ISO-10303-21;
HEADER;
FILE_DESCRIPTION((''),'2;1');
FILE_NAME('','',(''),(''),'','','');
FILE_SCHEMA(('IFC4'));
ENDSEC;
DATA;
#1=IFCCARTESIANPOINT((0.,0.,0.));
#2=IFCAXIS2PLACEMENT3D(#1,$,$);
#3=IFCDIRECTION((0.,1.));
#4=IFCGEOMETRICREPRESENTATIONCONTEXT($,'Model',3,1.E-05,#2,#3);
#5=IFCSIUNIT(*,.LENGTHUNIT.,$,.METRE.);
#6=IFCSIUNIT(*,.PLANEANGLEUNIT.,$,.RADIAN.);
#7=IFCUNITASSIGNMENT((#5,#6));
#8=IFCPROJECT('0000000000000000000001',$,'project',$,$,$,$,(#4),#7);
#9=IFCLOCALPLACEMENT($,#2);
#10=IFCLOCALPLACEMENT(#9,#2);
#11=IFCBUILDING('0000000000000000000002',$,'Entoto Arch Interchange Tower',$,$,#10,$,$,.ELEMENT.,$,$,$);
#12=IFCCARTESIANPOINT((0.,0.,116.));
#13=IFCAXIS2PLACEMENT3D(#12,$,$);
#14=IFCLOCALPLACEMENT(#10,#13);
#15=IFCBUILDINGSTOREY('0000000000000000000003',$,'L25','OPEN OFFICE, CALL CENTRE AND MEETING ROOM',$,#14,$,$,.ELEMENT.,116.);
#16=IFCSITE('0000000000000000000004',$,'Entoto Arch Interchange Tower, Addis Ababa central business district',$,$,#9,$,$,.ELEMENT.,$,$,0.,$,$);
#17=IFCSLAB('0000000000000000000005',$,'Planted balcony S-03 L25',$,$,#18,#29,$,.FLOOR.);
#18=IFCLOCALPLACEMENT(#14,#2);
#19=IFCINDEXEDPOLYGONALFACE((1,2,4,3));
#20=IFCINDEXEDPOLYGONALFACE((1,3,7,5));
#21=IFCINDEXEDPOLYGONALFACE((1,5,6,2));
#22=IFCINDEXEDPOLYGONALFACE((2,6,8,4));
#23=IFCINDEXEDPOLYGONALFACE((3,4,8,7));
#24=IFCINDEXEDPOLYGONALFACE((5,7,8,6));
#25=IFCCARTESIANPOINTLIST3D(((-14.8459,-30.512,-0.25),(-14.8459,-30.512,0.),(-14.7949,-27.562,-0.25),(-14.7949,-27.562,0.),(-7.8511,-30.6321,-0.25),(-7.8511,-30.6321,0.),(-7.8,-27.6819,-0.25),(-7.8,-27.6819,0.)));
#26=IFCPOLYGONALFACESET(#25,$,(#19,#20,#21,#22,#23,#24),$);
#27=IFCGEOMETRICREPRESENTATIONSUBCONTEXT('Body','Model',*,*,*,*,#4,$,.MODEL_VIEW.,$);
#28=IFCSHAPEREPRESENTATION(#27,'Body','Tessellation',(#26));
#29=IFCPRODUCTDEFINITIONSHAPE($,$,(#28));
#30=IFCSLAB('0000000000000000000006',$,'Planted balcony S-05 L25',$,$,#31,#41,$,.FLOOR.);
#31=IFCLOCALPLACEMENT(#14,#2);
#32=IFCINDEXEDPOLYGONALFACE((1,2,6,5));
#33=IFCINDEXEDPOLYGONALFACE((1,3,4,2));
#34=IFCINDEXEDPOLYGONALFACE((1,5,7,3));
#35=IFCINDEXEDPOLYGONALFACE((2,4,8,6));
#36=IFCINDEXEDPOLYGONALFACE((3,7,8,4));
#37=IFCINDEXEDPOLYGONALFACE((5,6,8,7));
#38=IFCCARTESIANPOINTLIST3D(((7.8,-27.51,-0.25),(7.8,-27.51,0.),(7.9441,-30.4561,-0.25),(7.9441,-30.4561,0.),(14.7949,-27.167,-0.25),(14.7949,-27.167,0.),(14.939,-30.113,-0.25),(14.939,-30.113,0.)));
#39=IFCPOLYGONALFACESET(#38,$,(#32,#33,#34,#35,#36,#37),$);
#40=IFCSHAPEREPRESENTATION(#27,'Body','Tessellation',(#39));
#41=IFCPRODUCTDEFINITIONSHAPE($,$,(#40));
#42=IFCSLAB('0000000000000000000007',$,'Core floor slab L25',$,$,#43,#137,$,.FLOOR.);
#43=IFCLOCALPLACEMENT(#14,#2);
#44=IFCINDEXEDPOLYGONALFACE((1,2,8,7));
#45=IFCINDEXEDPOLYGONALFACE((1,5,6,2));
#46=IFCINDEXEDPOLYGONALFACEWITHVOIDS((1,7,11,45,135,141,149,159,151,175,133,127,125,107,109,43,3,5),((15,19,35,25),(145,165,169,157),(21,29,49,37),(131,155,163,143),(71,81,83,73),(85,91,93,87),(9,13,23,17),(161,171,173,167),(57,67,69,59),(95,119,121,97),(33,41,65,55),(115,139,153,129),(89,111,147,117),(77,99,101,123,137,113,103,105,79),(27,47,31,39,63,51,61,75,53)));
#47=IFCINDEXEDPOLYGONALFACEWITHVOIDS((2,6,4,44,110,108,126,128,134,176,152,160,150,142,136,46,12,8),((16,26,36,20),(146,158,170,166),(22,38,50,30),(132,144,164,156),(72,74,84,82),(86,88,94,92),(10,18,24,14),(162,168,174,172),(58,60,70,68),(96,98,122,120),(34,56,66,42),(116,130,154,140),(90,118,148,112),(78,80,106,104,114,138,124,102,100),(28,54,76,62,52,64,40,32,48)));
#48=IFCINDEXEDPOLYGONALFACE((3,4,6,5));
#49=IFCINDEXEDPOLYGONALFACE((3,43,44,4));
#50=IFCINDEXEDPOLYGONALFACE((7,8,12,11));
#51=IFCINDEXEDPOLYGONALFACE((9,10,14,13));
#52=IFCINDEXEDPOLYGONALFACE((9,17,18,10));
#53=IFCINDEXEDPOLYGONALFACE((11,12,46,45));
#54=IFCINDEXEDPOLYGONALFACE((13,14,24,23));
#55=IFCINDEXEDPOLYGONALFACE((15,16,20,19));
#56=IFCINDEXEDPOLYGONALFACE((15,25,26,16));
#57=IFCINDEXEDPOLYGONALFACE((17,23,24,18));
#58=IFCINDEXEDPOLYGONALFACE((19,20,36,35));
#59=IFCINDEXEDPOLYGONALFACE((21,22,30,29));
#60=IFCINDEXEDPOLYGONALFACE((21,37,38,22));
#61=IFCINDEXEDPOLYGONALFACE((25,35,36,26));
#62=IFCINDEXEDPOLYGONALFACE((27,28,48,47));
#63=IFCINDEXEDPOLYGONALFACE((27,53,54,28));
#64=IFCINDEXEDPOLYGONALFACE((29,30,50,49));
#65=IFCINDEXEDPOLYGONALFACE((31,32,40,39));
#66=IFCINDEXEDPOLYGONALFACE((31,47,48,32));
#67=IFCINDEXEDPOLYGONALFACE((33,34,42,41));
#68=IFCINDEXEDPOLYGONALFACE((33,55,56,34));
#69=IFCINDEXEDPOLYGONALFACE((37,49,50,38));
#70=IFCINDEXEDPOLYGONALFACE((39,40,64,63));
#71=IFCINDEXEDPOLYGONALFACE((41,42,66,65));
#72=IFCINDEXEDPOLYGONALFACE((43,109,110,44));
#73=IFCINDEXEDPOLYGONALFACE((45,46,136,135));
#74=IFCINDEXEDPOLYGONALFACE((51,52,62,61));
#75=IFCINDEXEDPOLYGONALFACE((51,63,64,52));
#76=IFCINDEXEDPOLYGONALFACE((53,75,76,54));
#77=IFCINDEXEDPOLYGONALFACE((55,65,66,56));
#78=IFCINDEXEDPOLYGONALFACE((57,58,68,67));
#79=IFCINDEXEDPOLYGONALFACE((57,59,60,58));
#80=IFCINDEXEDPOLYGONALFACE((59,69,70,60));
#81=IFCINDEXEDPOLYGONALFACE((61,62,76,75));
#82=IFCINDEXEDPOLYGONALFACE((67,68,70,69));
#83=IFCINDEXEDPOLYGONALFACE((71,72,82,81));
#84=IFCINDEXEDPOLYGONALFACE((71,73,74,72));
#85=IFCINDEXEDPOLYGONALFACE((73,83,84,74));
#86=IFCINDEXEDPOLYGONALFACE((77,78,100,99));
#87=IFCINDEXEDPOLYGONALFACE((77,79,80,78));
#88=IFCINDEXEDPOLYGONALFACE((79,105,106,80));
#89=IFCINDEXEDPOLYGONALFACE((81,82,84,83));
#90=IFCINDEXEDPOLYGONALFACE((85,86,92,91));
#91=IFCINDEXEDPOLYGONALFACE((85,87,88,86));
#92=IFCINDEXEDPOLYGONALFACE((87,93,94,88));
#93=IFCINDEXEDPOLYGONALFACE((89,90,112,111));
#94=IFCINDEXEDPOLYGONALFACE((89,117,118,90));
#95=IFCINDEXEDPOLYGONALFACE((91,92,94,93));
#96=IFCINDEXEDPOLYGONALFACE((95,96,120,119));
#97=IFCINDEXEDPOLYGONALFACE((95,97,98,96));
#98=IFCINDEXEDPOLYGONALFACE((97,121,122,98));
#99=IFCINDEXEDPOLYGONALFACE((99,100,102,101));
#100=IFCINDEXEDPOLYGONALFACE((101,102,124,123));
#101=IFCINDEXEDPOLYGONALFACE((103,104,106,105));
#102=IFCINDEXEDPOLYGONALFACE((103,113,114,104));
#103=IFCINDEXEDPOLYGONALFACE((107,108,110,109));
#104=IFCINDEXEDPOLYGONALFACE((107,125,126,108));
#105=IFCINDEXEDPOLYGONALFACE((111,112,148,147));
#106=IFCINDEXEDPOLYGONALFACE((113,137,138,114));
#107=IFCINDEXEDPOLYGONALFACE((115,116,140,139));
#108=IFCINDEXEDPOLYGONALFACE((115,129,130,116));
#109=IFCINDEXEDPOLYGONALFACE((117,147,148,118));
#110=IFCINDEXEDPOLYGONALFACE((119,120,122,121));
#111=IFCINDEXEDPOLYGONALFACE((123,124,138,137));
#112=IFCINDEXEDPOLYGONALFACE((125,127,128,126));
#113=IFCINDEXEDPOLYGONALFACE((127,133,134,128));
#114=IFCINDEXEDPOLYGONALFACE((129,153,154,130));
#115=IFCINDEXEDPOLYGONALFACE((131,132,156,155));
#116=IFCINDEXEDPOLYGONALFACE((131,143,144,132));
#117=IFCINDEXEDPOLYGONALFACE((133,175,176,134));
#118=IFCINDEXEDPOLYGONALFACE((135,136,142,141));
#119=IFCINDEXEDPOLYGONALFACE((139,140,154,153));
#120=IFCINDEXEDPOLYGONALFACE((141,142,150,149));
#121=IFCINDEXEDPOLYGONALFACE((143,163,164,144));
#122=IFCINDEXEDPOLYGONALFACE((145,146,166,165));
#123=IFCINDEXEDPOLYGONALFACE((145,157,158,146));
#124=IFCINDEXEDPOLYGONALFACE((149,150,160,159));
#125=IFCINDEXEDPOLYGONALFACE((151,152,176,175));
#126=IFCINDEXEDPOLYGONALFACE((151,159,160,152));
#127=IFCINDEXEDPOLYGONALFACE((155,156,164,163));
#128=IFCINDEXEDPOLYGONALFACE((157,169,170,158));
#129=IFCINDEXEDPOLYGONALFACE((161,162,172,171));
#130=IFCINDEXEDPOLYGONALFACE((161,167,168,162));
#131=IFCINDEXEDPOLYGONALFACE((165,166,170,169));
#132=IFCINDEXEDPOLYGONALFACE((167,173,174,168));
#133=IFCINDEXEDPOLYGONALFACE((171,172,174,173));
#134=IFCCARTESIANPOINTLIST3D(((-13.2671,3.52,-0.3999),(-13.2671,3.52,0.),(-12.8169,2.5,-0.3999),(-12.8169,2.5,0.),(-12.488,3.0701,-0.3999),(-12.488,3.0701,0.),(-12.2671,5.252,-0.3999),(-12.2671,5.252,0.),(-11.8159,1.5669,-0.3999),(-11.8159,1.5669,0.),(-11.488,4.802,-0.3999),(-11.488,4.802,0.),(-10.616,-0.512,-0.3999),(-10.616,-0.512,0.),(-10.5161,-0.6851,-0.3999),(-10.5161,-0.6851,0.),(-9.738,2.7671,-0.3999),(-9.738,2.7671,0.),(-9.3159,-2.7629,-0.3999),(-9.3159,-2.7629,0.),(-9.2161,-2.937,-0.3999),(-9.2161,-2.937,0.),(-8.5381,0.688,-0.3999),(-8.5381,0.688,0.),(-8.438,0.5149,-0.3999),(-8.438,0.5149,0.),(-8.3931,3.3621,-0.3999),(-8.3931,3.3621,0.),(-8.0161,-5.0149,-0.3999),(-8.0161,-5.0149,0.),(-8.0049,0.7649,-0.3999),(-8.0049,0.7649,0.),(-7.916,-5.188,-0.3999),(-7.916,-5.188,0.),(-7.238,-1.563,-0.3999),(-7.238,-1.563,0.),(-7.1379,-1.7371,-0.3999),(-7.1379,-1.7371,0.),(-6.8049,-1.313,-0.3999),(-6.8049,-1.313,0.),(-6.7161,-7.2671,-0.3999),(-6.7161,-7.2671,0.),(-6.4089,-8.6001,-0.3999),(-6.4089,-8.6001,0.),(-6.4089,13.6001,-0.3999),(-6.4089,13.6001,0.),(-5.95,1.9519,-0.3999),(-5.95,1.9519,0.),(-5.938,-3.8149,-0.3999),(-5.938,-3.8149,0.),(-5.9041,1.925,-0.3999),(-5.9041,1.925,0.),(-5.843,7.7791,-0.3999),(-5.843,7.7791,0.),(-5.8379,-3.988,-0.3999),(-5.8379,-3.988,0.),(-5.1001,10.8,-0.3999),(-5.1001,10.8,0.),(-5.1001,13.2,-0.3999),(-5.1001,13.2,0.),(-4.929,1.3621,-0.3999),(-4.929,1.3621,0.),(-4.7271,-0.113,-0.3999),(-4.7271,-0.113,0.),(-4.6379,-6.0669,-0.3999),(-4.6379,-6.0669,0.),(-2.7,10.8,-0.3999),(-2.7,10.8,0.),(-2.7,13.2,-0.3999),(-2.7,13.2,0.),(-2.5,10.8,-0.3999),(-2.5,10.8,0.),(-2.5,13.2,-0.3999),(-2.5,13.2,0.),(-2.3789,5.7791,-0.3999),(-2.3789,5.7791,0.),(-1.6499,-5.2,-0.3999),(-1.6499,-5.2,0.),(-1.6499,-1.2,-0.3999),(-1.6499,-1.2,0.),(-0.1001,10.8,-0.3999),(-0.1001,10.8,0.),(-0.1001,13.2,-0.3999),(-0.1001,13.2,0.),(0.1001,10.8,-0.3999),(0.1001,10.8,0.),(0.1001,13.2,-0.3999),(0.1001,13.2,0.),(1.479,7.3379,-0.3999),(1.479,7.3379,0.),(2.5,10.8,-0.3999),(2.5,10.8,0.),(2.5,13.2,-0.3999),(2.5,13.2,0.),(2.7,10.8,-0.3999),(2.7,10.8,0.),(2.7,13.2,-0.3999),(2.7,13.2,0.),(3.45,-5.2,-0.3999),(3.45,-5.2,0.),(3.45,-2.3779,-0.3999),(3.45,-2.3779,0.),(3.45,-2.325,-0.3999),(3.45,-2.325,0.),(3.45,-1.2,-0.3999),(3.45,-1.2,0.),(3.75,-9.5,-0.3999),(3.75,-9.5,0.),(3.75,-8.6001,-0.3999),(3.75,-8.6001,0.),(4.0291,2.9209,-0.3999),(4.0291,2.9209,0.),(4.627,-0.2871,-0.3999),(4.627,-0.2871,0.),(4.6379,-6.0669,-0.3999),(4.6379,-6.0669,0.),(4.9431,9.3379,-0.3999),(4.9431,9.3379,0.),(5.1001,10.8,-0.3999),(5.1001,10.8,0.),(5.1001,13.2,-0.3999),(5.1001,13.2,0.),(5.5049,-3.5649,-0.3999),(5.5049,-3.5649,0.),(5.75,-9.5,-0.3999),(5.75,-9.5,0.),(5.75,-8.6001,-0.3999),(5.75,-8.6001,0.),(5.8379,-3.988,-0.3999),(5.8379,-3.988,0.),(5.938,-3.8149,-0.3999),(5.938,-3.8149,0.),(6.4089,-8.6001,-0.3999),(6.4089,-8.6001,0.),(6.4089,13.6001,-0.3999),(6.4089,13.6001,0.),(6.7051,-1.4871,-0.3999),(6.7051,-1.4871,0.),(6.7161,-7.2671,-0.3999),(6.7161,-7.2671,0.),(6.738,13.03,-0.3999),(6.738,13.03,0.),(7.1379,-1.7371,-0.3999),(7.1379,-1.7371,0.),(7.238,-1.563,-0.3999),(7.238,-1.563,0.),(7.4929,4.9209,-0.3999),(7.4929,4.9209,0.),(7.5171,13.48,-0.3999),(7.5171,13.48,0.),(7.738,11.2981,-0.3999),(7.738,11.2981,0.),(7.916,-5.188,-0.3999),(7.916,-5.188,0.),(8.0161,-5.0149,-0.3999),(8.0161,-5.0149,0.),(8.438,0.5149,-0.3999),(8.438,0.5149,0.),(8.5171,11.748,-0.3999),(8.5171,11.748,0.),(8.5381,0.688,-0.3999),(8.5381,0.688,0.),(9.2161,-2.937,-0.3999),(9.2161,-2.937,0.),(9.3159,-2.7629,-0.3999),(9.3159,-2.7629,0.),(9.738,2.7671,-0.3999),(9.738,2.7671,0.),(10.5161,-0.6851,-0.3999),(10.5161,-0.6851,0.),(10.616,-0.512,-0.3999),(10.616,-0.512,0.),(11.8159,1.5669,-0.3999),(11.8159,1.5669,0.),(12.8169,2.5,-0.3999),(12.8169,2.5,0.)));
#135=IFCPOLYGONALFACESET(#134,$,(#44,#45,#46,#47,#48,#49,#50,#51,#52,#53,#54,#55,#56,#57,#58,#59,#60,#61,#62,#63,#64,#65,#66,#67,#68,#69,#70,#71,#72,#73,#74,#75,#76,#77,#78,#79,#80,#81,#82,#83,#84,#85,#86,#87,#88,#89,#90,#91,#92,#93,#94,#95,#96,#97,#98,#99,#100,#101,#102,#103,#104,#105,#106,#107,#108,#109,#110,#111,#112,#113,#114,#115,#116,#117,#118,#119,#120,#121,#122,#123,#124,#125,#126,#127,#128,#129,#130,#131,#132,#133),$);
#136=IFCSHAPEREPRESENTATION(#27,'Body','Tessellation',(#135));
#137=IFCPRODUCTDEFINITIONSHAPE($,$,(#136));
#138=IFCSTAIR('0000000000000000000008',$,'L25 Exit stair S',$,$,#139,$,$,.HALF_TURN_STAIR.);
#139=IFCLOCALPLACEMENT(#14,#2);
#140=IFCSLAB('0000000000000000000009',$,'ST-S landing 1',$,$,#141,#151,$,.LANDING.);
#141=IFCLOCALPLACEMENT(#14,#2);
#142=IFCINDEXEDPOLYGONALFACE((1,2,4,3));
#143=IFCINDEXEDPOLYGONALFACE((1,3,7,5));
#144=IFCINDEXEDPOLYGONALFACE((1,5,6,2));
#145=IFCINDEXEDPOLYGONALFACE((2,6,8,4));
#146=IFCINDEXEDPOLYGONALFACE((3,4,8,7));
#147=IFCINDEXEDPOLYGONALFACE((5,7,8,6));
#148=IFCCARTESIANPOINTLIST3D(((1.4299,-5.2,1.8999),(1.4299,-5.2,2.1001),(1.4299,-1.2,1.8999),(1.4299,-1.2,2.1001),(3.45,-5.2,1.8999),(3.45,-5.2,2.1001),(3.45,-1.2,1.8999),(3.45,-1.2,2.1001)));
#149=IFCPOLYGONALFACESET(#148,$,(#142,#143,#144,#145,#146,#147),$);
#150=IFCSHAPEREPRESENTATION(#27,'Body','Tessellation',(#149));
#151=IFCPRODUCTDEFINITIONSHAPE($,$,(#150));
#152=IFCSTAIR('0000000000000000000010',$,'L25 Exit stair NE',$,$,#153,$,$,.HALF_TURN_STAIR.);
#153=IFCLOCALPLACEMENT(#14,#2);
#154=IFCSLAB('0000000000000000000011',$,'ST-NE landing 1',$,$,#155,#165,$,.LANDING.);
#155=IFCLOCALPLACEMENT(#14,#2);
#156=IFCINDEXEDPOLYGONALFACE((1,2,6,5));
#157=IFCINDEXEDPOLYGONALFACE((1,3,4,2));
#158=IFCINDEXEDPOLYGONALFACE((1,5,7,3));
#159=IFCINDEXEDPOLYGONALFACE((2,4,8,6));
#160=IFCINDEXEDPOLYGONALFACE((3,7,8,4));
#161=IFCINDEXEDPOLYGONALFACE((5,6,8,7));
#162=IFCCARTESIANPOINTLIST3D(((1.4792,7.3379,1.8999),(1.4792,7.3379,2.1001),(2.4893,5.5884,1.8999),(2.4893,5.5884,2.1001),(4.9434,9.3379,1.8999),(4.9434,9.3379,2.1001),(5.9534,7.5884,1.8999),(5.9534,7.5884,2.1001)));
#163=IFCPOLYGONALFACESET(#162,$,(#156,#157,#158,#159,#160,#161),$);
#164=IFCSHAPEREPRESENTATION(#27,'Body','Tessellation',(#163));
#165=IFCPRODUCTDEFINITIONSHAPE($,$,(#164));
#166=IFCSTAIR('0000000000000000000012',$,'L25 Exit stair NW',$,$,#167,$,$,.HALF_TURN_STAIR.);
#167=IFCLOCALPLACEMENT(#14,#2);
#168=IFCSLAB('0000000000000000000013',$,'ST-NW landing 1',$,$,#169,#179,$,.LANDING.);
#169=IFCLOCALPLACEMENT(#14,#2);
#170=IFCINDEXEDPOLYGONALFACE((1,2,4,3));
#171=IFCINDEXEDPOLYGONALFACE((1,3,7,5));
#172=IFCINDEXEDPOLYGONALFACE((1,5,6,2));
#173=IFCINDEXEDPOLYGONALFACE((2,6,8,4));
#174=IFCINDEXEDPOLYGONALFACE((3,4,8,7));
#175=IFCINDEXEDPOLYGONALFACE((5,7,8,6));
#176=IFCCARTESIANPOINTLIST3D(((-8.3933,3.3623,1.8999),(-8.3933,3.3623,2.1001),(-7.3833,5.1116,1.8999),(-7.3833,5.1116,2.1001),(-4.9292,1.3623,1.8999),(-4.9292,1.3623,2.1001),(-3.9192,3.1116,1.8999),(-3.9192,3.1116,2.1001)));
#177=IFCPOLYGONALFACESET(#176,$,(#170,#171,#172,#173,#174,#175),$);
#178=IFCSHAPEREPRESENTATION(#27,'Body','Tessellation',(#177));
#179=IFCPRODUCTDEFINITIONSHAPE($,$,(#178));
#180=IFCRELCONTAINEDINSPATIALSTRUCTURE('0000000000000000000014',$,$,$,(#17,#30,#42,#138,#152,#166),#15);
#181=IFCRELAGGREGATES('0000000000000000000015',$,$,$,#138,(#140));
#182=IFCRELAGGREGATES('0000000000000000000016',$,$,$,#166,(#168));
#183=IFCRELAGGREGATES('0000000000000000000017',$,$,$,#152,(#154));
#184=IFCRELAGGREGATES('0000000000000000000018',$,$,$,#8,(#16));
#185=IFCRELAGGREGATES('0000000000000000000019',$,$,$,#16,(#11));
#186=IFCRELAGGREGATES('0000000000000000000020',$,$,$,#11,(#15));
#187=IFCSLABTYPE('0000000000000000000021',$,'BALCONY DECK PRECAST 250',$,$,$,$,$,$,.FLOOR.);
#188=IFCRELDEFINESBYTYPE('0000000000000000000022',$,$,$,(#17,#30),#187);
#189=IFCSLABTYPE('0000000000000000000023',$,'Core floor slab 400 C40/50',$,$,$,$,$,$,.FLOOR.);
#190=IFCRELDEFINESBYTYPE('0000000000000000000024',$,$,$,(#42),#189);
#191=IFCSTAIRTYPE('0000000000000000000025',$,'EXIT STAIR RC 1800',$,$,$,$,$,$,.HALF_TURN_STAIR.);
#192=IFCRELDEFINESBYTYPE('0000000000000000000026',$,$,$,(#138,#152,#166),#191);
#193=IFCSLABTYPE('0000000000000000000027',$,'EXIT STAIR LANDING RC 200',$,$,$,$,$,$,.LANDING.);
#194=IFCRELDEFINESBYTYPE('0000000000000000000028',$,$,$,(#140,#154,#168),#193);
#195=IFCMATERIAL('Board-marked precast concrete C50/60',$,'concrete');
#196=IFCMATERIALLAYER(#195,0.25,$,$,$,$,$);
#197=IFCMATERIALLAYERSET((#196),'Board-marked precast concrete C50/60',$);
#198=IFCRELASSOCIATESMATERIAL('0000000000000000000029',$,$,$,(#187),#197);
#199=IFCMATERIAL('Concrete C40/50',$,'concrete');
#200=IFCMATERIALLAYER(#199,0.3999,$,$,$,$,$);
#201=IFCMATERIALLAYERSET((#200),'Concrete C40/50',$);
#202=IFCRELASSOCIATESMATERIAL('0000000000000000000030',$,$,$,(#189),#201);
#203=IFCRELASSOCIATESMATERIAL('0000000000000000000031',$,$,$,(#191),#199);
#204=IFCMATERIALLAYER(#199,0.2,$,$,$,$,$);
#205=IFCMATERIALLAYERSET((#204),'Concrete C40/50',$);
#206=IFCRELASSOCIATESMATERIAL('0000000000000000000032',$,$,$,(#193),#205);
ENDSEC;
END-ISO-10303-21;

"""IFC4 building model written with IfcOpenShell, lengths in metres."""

from ifc_helpers import new_model, si_unit, direction, frame, origin, place, context, subcontext, project, spatial, polyline, outline, extrude, material, layer, layer_set, type_object, element, aggregate, save


model = new_model("IFC4")

# Units and contexts
model_context = context("Model", 3, precision=1e-05, world=origin(), true_north=direction((0.0, 1.0)))
body_context = subcontext(model_context, "Body", "Model", "MODEL_VIEW")
ifc_project = project(units=[si_unit("LENGTHUNIT", "METRE"), si_unit("PLANEANGLEUNIT", "RADIAN")], contexts=[model_context])

# Site, building, storey
site_placement = place(None, origin())
site = spatial("IfcSite", under=ifc_project, at=site_placement, Name="Entoto Arch Interchange Tower, Addis Ababa central business district", CompositionType="ELEMENT", RefElevation=0.0)
building_placement = place(site_placement, origin())
building = spatial("IfcBuilding", under=site, at=building_placement, Name="Entoto Arch Interchange Tower", CompositionType="ELEMENT")
storey_placement = place(building_placement, frame((0.0, 0.0, 116.0)))
storey = spatial("IfcBuildingStorey", under=building, at=storey_placement, Name="L25", Description="OPEN OFFICE, CALL CENTRE AND MEETING ROOM", CompositionType="ELEMENT", Elevation=116.0)

# Slabs
ifc_material_1 = material(Name="Board-marked precast concrete C50/60", Category="concrete")
ifc_layer_1 = layer(ifc_material_1, 0.25)
ifc_layer_set_1 = layer_set([ifc_layer_1], Name="Board-marked precast concrete C50/60")
slab_type_1 = type_object("IfcSlabType", Name="BALCONY DECK PRECAST 250", PredefinedType="FLOOR", material=ifc_layer_set_1)
slab_1_placement = place(storey_placement, frame((0.0, 0.0, -0.25)))
element("IfcSlab", 1, at=slab_1_placement, inside=storey, type_object=slab_type_1, Name="Planted balcony S-03 L25", PredefinedType="FLOOR", context=body_context, shape_type="SweptSolid", body=[
    extrude(outline(polyline([(-14.7949, -27.562), (-7.8, -27.6819), (-7.8511, -30.6321), (-14.8459, -30.512), (-14.7949, -27.562)])), origin(), (0.0, 0.0, 1.0), 0.25),
])
slab_2_placement = place(storey_placement, frame((0.0, 0.0, -0.25)))
element("IfcSlab", 2, at=slab_2_placement, inside=storey, type_object=slab_type_1, Name="Planted balcony S-05 L25", PredefinedType="FLOOR", context=body_context, shape_type="SweptSolid", body=[
    extrude(outline(polyline([(7.8, -27.51), (14.7949, -27.167), (14.939, -30.113), (7.9441, -30.4561), (7.8, -27.51)])), origin(), (0.0, 0.0, 1.0), 0.25),
])
ifc_material_2 = material(Name="Concrete C40/50", Category="concrete")
ifc_layer_2 = layer(ifc_material_2, 0.3999)
ifc_layer_set_2 = layer_set([ifc_layer_2], Name="Concrete C40/50")
slab_type_2 = type_object("IfcSlabType", Name="Core floor slab 400 C40/50", PredefinedType="FLOOR", material=ifc_layer_set_2)
slab_3_placement = place(storey_placement, frame((0.0, 0.0, -0.3999)))
element("IfcSlab", 3, at=slab_3_placement, inside=storey, type_object=slab_type_2, Name="Core floor slab L25", PredefinedType="FLOOR", context=body_context, shape_type="SweptSolid", body=[
    extrude(outline(polyline([(5.75, -9.5), (3.75, -9.5), (3.75, -8.6001), (-6.4089, -8.6001), (-12.8169, 2.5), (-12.488, 3.0701), (-13.2671, 3.52), (-12.2671, 5.252), (-11.488, 4.802), (-6.4089, 13.6001), (6.4089, 13.6001), (6.738, 13.03), (7.5171, 13.48), (8.5171, 11.748), (7.738, 11.2981), (12.8169, 2.5), (6.4089, -8.6001), (5.75, -8.6001), (5.75, -9.5)]), holes=[polyline([(-4.6379, -6.0669), (-5.8379, -3.988), (-7.916, -5.188), (-6.7161, -7.2671), (-4.6379, -6.0669)]), polyline([(-5.938, -3.8149), (-7.1379, -1.7371), (-9.2161, -2.937), (-8.0161, -5.0149), (-5.938, -3.8149)]), polyline([(5.5049, -3.5649), (6.7051, -1.4871), (4.627, -0.2871), (3.45, -2.325), (3.45, -1.2), (-1.6499, -1.2), (-1.6499, -5.2), (3.45, -5.2), (3.45, -2.3779), (5.5049, -3.5649)]), polyline([(-7.238, -1.563), (-8.438, 0.5149), (-10.5161, -0.6851), (-9.3159, -2.7629), (-7.238, -1.563)]), polyline([(-4.7271, -0.113), (-5.9041, 1.925), (-4.929, 1.3621), (-2.3789, 5.7791), (-5.843, 7.7791), (-8.3931, 3.3621), (-5.95, 1.9519), (-8.0049, 0.7649), (-6.8049, -1.313), (-4.7271, -0.113)]), polyline([(-8.5381, 0.688), (-9.738, 2.7671), (-11.8159, 1.5669), (-10.616, -0.512), (-8.5381, 0.688)]), polyline([(-5.1001, 10.8), (-2.7, 10.8), (-2.7, 13.2), (-5.1001, 13.2), (-5.1001, 10.8)]), polyline([(-2.5, 10.8), (-0.1001, 10.8), (-0.1001, 13.2), (-2.5, 13.2), (-2.5, 10.8)]), polyline([(5.8379, -3.988), (4.6379, -6.0669), (6.7161, -7.2671), (7.916, -5.188), (5.8379, -3.988)]), polyline([(7.1379, -1.7371), (5.938, -3.8149), (8.0161, -5.0149), (9.2161, -2.937), (7.1379, -1.7371)]), polyline([(8.438, 0.5149), (7.238, -1.563), (9.3159, -2.7629), (10.5161, -0.6851), (8.438, 0.5149)]), polyline([(9.738, 2.7671), (8.5381, 0.688), (10.616, -0.512), (11.8159, 1.5669), (9.738, 2.7671)]), polyline([(4.0291, 2.9209), (7.4929, 4.9209), (4.9431, 9.3379), (1.479, 7.3379), (4.0291, 2.9209)]), polyline([(0.1001, 13.2), (0.1001, 10.8), (2.5, 10.8), (2.5, 13.2), (0.1001, 13.2)]), polyline([(2.7, 13.2), (2.7, 10.8), (5.1001, 10.8), (5.1001, 13.2), (2.7, 13.2)])]), origin(), (0.0, 0.0, 1.0), 0.3999),
])

# Stairs, slabs
stair_type = type_object("IfcStairType", Name="EXIT STAIR RC 1800", PredefinedType="HALF_TURN_STAIR", material=ifc_material_2)
stair_1_placement = place(storey_placement, origin())
stair_1 = element("IfcStair", 4, at=stair_1_placement, inside=storey, type_object=stair_type, Name="L25 Exit stair S", PredefinedType="HALF_TURN_STAIR")
ifc_layer_3 = layer(ifc_material_2, 0.2)
ifc_layer_set_3 = layer_set([ifc_layer_3], Name="Concrete C40/50")
slab_type_3 = type_object("IfcSlabType", Name="EXIT STAIR LANDING RC 200", PredefinedType="LANDING", material=ifc_layer_set_3)
slab_4_placement = place(storey_placement, frame((0.0, 0.0, 1.8999)))
slab_4 = element("IfcSlab", 5, at=slab_4_placement, type_object=slab_type_3, Name="ST-S landing 1", PredefinedType="LANDING", context=body_context, shape_type="SweptSolid", body=[
    extrude(outline(polyline([(1.4299, -5.2), (3.45, -5.2), (3.45, -1.2), (1.4299, -1.2), (1.4299, -5.2)])), origin(), (0.0, 0.0, 1.0), 0.2002),
])
aggregate(stair_1, [slab_4])
stair_2_placement = place(storey_placement, origin())
stair_2 = element("IfcStair", 6, at=stair_2_placement, inside=storey, type_object=stair_type, Name="L25 Exit stair NE", PredefinedType="HALF_TURN_STAIR")
slab_5_placement = place(storey_placement, frame((0.0, 0.0, 1.8999)))
slab_5 = element("IfcSlab", 7, at=slab_5_placement, type_object=slab_type_3, Name="ST-NE landing 1", PredefinedType="LANDING", context=body_context, shape_type="SweptSolid", body=[
    extrude(outline(polyline([(5.9534, 7.5884), (4.9434, 9.3379), (1.4792, 7.3379), (2.4893, 5.5884), (5.9534, 7.5884)])), origin(), (0.0, 0.0, 1.0), 0.2002),
])
stair_3_placement = place(storey_placement, origin())
stair_3 = element("IfcStair", 8, at=stair_3_placement, inside=storey, type_object=stair_type, Name="L25 Exit stair NW", PredefinedType="HALF_TURN_STAIR")
slab_6_placement = place(storey_placement, frame((0.0, 0.0, 1.8999)))
slab_6 = element("IfcSlab", 9, at=slab_6_placement, type_object=slab_type_3, Name="ST-NW landing 1", PredefinedType="LANDING", context=body_context, shape_type="SweptSolid", body=[
    extrude(outline(polyline([(-7.3833, 5.1116), (-8.3933, 3.3623), (-4.9292, 1.3623), (-3.9192, 3.1116), (-7.3833, 5.1116)])), origin(), (0.0, 0.0, 1.0), 0.2002),
])
aggregate(stair_3, [slab_6])

aggregate(stair_2, [slab_5])

save(model, "model.ifc")
